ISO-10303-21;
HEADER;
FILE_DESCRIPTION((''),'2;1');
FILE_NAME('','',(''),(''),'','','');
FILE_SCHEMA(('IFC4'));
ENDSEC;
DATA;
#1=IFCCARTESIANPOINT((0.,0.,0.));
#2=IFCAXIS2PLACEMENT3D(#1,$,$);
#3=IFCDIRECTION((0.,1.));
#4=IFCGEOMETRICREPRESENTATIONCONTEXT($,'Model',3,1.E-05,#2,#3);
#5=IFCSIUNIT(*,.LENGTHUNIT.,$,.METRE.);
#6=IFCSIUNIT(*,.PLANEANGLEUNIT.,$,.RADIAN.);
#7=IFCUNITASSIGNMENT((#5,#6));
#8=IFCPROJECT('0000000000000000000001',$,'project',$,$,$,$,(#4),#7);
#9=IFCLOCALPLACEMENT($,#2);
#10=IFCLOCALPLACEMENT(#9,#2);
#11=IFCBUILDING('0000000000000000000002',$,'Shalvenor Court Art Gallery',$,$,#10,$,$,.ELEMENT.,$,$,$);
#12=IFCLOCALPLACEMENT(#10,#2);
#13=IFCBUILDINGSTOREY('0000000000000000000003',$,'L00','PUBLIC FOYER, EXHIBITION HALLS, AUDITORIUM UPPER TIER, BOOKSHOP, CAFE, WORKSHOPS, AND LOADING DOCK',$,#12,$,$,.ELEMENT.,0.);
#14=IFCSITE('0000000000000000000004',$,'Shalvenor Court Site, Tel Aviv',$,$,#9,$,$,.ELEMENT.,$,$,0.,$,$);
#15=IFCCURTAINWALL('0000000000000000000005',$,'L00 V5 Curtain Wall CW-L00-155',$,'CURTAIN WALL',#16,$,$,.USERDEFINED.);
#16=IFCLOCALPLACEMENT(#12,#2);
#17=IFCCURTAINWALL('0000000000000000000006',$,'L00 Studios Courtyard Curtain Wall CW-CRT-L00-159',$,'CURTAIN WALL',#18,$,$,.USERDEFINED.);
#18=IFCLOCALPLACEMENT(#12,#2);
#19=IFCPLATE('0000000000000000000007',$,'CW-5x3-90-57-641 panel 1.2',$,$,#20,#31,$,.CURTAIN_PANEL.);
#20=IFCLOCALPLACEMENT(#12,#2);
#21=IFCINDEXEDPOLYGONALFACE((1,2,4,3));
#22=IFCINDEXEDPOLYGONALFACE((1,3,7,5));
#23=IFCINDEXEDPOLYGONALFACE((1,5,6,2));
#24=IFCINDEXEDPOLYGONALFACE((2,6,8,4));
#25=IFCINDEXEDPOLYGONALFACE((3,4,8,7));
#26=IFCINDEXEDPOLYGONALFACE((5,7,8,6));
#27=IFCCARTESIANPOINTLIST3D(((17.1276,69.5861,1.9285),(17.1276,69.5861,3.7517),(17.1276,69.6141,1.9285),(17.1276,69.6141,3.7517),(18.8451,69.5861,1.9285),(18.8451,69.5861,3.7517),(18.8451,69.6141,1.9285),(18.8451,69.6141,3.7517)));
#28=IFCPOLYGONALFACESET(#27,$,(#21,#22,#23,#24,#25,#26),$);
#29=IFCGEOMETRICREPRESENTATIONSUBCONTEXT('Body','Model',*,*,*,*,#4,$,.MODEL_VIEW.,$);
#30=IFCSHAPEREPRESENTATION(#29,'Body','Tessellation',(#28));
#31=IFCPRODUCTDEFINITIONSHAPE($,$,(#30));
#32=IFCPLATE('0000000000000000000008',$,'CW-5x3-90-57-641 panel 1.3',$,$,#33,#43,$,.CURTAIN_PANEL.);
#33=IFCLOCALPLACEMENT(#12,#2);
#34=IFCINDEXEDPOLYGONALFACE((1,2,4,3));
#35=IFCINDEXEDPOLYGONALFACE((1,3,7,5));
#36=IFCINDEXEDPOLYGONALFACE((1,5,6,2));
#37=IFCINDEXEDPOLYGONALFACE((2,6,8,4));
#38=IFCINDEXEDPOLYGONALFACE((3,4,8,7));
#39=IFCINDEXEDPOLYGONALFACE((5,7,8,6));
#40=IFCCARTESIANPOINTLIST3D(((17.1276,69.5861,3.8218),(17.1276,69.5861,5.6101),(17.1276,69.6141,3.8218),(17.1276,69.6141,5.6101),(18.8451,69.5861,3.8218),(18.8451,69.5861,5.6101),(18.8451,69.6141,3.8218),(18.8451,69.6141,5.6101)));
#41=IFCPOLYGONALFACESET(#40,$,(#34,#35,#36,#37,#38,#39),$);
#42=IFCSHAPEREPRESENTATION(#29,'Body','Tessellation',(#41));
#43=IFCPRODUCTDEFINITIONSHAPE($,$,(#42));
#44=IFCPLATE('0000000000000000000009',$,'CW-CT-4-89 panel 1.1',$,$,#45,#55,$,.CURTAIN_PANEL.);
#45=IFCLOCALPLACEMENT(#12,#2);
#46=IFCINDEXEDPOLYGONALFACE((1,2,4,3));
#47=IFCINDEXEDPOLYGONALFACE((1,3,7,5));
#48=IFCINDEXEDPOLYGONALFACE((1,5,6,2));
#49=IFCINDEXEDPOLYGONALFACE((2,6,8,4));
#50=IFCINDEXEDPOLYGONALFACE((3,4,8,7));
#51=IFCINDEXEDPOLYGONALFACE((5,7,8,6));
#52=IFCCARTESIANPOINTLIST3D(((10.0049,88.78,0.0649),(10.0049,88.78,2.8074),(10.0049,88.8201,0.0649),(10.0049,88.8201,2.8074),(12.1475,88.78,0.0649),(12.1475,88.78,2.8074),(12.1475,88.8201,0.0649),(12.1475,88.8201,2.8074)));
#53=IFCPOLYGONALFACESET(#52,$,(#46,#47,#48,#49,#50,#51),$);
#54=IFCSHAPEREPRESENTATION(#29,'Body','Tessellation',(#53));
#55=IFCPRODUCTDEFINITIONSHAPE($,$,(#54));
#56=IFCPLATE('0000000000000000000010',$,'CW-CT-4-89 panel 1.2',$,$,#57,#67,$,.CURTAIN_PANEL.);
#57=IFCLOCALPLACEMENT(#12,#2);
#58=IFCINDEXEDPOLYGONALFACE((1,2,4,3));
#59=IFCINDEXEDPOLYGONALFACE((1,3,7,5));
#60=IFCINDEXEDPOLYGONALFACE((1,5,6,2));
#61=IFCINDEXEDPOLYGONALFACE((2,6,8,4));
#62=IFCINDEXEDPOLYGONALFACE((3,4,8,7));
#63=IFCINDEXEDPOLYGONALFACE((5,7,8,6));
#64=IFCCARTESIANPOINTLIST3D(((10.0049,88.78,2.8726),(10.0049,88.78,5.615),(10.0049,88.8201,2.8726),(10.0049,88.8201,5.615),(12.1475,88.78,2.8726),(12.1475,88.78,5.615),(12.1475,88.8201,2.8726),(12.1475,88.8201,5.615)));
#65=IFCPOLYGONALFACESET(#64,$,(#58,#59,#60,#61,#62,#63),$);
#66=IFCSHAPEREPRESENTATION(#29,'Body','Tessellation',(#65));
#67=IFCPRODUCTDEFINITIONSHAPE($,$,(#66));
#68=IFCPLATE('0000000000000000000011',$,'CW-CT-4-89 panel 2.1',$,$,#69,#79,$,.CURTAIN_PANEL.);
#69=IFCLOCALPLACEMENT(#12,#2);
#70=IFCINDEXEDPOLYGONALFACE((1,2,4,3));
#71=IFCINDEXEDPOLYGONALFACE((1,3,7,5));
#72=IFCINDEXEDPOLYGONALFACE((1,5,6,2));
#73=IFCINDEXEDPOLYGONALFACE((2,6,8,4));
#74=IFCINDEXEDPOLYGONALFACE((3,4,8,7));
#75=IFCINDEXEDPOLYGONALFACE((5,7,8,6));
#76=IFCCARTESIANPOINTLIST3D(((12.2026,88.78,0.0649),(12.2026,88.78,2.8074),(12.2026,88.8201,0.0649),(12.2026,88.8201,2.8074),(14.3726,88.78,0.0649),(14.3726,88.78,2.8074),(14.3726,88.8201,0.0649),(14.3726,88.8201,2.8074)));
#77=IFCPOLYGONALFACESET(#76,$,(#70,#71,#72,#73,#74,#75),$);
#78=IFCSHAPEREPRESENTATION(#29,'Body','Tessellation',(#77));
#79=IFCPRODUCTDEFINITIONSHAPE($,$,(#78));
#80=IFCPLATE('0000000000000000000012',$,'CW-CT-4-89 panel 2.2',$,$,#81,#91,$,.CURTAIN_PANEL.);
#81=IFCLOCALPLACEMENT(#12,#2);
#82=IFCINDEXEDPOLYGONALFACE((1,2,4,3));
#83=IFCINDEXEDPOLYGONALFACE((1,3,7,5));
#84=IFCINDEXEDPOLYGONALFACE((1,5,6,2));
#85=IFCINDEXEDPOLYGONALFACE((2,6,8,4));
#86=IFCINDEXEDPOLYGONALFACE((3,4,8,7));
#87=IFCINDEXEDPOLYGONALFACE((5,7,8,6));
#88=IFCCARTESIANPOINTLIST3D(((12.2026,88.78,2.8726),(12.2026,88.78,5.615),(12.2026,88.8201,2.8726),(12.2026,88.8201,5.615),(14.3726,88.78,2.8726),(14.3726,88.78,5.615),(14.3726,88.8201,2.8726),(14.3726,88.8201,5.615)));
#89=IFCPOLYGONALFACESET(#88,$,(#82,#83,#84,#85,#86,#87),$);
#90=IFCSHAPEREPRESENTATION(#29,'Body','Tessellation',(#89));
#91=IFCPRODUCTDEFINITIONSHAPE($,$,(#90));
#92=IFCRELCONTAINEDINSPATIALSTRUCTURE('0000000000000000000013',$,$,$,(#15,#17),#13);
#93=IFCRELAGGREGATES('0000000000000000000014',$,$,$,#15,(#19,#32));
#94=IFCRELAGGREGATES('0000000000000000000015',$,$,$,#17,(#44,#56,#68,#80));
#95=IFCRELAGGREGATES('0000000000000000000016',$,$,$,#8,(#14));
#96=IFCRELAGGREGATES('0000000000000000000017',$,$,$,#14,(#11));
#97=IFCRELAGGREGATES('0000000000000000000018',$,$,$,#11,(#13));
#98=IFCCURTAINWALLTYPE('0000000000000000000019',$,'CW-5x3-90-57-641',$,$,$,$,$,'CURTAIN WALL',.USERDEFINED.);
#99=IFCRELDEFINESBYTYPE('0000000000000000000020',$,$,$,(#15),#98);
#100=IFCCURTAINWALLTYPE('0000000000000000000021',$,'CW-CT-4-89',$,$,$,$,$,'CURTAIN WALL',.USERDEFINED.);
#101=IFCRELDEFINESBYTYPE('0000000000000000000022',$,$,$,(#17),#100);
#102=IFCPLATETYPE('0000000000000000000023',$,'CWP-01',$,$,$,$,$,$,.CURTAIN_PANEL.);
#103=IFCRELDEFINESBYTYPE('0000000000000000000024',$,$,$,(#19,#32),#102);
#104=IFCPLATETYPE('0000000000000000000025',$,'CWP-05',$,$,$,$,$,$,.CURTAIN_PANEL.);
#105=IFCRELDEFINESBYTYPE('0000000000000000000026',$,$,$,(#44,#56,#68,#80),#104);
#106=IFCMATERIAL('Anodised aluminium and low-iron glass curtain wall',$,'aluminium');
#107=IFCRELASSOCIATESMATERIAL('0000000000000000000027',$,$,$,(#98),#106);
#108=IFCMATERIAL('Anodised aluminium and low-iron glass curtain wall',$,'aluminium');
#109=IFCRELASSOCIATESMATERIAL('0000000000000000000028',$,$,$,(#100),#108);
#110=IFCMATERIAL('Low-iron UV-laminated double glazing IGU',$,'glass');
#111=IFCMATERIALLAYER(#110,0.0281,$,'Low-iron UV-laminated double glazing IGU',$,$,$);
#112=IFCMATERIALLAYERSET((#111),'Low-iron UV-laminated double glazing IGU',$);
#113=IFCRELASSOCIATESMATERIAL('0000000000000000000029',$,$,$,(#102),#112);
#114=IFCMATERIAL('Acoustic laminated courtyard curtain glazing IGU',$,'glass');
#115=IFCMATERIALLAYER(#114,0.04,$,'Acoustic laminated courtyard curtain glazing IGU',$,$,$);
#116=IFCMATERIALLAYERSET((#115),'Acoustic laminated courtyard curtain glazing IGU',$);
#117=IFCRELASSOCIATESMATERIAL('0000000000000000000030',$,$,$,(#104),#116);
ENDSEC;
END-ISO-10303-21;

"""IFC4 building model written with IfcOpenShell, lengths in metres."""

from ifc_helpers import new_model, si_unit, direction, frame, origin, origin_2d, place, context, subcontext, project, spatial, rectangle, extrude, material, layer, layer_set, type_object, element, aggregate, save


model = new_model("IFC4")

# Units and contexts
model_context = context("Model", 3, precision=1e-05, world=origin(), true_north=direction((0.0, 1.0)))
body_context = subcontext(model_context, "Body", "Model", "MODEL_VIEW")
ifc_project = project(units=[si_unit("LENGTHUNIT", "METRE"), si_unit("PLANEANGLEUNIT", "RADIAN")], contexts=[model_context])

# Site, building, storey
site_placement = place(None, origin())
site = spatial("IfcSite", under=ifc_project, at=site_placement, Name="Shalvenor Court Site, Tel Aviv", CompositionType="ELEMENT", RefElevation=0.0)
building_placement = place(site_placement, origin())
building = spatial("IfcBuilding", under=site, at=building_placement, Name="Shalvenor Court Art Gallery", CompositionType="ELEMENT")
storey_placement = place(building_placement, origin())
storey = spatial("IfcBuildingStorey", under=building, at=storey_placement, Name="L00", Description="PUBLIC FOYER, EXHIBITION HALLS, AUDITORIUM UPPER TIER, BOOKSHOP, CAFE, WORKSHOPS, AND LOADING DOCK", CompositionType="ELEMENT", Elevation=0.0)

# Curtain wall
ifc_material_1 = material(Name="Anodised aluminium and low-iron glass curtain wall", Category="aluminium")
curtain_wall_type_1 = type_object("IfcCurtainWallType", Name="CW-5x3-90-57-641", ElementType="CURTAIN WALL", PredefinedType="USERDEFINED", material=ifc_material_1)
curtain_wall_1_placement = place(storey_placement, origin())
curtain_wall_1 = element("IfcCurtainWall", 1, at=curtain_wall_1_placement, inside=storey, type_object=curtain_wall_type_1, Name="L00 V5 Curtain Wall CW-L00-155", ObjectType="CURTAIN WALL", PredefinedType="USERDEFINED")

# Curtain wall
ifc_material_2 = material(Name="Anodised aluminium and low-iron glass curtain wall", Category="aluminium")
curtain_wall_type_2 = type_object("IfcCurtainWallType", Name="CW-CT-4-89", ElementType="CURTAIN WALL", PredefinedType="USERDEFINED", material=ifc_material_2)
curtain_wall_2_placement = place(storey_placement, origin())
curtain_wall_2 = element("IfcCurtainWall", 2, at=curtain_wall_2_placement, inside=storey, type_object=curtain_wall_type_2, Name="L00 Studios Courtyard Curtain Wall CW-CRT-L00-159", ObjectType="CURTAIN WALL", PredefinedType="USERDEFINED")

# Plates
ifc_material_3 = material(Name="Low-iron UV-laminated double glazing IGU", Category="glass")
ifc_layer_1 = layer(ifc_material_3, 0.0281, Name="Low-iron UV-laminated double glazing IGU")
ifc_layer_set_1 = layer_set([ifc_layer_1], Name="Low-iron UV-laminated double glazing IGU")
plate_type_1 = type_object("IfcPlateType", Name="CWP-01", PredefinedType="CURTAIN_PANEL", material=ifc_layer_set_1)
plate_1_placement = place(storey_placement, frame((17.9863, 69.6001, 1.9285), z_axis=(0.0, 0.0, 1.0), x_axis=(-1.0, 0.0, 0.0)))
plate_1 = element("IfcPlate", 3, at=plate_1_placement, type_object=plate_type_1, Name="CW-5x3-90-57-641 panel 1.2", PredefinedType="CURTAIN_PANEL", context=body_context, shape_type="SweptSolid", body=[
    extrude(rectangle(XDim=1.7175, YDim=0.0281, at=origin_2d()), origin(), (0.0, 0.0, 1.0), 1.8232),
])
plate_2_placement = place(storey_placement, frame((17.9863, 69.6001, 3.8218), z_axis=(0.0, 0.0, 1.0), x_axis=(-1.0, 0.0, 0.0)))
plate_2 = element("IfcPlate", 4, at=plate_2_placement, type_object=plate_type_1, Name="CW-5x3-90-57-641 panel 1.3", PredefinedType="CURTAIN_PANEL", context=body_context, shape_type="SweptSolid", body=[
    extrude(rectangle(XDim=1.7175, YDim=0.0281, at=origin_2d()), origin(), (0.0, 0.0, 1.0), 1.7883),
])
aggregate(curtain_wall_1, [plate_1, plate_2])
ifc_material_4 = material(Name="Acoustic laminated courtyard curtain glazing IGU", Category="glass")
ifc_layer_2 = layer(ifc_material_4, 0.04, Name="Acoustic laminated courtyard curtain glazing IGU")
ifc_layer_set_2 = layer_set([ifc_layer_2], Name="Acoustic laminated courtyard curtain glazing IGU")
plate_type_2 = type_object("IfcPlateType", Name="CWP-05", PredefinedType="CURTAIN_PANEL", material=ifc_layer_set_2)
plate_3_placement = place(storey_placement, frame((11.0762, 88.8, 0.0649), z_axis=(0.0, 0.0, 1.0), x_axis=(1.0, 0.0, 0.0)))
plate_3 = element("IfcPlate", 5, at=plate_3_placement, type_object=plate_type_2, Name="CW-CT-4-89 panel 1.1", PredefinedType="CURTAIN_PANEL", context=body_context, shape_type="SweptSolid", body=[
    extrude(rectangle(XDim=2.1426, YDim=0.04, at=origin_2d()), origin(), (0.0, 0.0, 1.0), 2.7424),
])
plate_4_placement = place(storey_placement, frame((11.0762, 88.8, 2.8726), z_axis=(0.0, 0.0, 1.0), x_axis=(1.0, 0.0, 0.0)))
plate_4 = element("IfcPlate", 6, at=plate_4_placement, type_object=plate_type_2, Name="CW-CT-4-89 panel 1.2", PredefinedType="CURTAIN_PANEL", context=body_context, shape_type="SweptSolid", body=[
    extrude(rectangle(XDim=2.1426, YDim=0.04, at=origin_2d()), origin(), (0.0, 0.0, 1.0), 2.7424),
])
plate_5_placement = place(storey_placement, frame((13.2876, 88.8, 0.0649), z_axis=(0.0, 0.0, 1.0), x_axis=(1.0, 0.0, 0.0)))
plate_5 = element("IfcPlate", 7, at=plate_5_placement, type_object=plate_type_2, Name="CW-CT-4-89 panel 2.1", PredefinedType="CURTAIN_PANEL", context=body_context, shape_type="SweptSolid", body=[
    extrude(rectangle(XDim=2.1699, YDim=0.04, at=origin_2d()), origin(), (0.0, 0.0, 1.0), 2.7424),
])
plate_6_placement = place(storey_placement, frame((13.2876, 88.8, 2.8726), z_axis=(0.0, 0.0, 1.0), x_axis=(1.0, 0.0, 0.0)))
plate_6 = element("IfcPlate", 8, at=plate_6_placement, type_object=plate_type_2, Name="CW-CT-4-89 panel 2.2", PredefinedType="CURTAIN_PANEL", context=body_context, shape_type="SweptSolid", body=[
    extrude(rectangle(XDim=2.1699, YDim=0.04, at=origin_2d()), origin(), (0.0, 0.0, 1.0), 2.7424),
])
aggregate(curtain_wall_2, [plate_3, plate_4, plate_5, plate_6])

save(model, "model.ifc")
